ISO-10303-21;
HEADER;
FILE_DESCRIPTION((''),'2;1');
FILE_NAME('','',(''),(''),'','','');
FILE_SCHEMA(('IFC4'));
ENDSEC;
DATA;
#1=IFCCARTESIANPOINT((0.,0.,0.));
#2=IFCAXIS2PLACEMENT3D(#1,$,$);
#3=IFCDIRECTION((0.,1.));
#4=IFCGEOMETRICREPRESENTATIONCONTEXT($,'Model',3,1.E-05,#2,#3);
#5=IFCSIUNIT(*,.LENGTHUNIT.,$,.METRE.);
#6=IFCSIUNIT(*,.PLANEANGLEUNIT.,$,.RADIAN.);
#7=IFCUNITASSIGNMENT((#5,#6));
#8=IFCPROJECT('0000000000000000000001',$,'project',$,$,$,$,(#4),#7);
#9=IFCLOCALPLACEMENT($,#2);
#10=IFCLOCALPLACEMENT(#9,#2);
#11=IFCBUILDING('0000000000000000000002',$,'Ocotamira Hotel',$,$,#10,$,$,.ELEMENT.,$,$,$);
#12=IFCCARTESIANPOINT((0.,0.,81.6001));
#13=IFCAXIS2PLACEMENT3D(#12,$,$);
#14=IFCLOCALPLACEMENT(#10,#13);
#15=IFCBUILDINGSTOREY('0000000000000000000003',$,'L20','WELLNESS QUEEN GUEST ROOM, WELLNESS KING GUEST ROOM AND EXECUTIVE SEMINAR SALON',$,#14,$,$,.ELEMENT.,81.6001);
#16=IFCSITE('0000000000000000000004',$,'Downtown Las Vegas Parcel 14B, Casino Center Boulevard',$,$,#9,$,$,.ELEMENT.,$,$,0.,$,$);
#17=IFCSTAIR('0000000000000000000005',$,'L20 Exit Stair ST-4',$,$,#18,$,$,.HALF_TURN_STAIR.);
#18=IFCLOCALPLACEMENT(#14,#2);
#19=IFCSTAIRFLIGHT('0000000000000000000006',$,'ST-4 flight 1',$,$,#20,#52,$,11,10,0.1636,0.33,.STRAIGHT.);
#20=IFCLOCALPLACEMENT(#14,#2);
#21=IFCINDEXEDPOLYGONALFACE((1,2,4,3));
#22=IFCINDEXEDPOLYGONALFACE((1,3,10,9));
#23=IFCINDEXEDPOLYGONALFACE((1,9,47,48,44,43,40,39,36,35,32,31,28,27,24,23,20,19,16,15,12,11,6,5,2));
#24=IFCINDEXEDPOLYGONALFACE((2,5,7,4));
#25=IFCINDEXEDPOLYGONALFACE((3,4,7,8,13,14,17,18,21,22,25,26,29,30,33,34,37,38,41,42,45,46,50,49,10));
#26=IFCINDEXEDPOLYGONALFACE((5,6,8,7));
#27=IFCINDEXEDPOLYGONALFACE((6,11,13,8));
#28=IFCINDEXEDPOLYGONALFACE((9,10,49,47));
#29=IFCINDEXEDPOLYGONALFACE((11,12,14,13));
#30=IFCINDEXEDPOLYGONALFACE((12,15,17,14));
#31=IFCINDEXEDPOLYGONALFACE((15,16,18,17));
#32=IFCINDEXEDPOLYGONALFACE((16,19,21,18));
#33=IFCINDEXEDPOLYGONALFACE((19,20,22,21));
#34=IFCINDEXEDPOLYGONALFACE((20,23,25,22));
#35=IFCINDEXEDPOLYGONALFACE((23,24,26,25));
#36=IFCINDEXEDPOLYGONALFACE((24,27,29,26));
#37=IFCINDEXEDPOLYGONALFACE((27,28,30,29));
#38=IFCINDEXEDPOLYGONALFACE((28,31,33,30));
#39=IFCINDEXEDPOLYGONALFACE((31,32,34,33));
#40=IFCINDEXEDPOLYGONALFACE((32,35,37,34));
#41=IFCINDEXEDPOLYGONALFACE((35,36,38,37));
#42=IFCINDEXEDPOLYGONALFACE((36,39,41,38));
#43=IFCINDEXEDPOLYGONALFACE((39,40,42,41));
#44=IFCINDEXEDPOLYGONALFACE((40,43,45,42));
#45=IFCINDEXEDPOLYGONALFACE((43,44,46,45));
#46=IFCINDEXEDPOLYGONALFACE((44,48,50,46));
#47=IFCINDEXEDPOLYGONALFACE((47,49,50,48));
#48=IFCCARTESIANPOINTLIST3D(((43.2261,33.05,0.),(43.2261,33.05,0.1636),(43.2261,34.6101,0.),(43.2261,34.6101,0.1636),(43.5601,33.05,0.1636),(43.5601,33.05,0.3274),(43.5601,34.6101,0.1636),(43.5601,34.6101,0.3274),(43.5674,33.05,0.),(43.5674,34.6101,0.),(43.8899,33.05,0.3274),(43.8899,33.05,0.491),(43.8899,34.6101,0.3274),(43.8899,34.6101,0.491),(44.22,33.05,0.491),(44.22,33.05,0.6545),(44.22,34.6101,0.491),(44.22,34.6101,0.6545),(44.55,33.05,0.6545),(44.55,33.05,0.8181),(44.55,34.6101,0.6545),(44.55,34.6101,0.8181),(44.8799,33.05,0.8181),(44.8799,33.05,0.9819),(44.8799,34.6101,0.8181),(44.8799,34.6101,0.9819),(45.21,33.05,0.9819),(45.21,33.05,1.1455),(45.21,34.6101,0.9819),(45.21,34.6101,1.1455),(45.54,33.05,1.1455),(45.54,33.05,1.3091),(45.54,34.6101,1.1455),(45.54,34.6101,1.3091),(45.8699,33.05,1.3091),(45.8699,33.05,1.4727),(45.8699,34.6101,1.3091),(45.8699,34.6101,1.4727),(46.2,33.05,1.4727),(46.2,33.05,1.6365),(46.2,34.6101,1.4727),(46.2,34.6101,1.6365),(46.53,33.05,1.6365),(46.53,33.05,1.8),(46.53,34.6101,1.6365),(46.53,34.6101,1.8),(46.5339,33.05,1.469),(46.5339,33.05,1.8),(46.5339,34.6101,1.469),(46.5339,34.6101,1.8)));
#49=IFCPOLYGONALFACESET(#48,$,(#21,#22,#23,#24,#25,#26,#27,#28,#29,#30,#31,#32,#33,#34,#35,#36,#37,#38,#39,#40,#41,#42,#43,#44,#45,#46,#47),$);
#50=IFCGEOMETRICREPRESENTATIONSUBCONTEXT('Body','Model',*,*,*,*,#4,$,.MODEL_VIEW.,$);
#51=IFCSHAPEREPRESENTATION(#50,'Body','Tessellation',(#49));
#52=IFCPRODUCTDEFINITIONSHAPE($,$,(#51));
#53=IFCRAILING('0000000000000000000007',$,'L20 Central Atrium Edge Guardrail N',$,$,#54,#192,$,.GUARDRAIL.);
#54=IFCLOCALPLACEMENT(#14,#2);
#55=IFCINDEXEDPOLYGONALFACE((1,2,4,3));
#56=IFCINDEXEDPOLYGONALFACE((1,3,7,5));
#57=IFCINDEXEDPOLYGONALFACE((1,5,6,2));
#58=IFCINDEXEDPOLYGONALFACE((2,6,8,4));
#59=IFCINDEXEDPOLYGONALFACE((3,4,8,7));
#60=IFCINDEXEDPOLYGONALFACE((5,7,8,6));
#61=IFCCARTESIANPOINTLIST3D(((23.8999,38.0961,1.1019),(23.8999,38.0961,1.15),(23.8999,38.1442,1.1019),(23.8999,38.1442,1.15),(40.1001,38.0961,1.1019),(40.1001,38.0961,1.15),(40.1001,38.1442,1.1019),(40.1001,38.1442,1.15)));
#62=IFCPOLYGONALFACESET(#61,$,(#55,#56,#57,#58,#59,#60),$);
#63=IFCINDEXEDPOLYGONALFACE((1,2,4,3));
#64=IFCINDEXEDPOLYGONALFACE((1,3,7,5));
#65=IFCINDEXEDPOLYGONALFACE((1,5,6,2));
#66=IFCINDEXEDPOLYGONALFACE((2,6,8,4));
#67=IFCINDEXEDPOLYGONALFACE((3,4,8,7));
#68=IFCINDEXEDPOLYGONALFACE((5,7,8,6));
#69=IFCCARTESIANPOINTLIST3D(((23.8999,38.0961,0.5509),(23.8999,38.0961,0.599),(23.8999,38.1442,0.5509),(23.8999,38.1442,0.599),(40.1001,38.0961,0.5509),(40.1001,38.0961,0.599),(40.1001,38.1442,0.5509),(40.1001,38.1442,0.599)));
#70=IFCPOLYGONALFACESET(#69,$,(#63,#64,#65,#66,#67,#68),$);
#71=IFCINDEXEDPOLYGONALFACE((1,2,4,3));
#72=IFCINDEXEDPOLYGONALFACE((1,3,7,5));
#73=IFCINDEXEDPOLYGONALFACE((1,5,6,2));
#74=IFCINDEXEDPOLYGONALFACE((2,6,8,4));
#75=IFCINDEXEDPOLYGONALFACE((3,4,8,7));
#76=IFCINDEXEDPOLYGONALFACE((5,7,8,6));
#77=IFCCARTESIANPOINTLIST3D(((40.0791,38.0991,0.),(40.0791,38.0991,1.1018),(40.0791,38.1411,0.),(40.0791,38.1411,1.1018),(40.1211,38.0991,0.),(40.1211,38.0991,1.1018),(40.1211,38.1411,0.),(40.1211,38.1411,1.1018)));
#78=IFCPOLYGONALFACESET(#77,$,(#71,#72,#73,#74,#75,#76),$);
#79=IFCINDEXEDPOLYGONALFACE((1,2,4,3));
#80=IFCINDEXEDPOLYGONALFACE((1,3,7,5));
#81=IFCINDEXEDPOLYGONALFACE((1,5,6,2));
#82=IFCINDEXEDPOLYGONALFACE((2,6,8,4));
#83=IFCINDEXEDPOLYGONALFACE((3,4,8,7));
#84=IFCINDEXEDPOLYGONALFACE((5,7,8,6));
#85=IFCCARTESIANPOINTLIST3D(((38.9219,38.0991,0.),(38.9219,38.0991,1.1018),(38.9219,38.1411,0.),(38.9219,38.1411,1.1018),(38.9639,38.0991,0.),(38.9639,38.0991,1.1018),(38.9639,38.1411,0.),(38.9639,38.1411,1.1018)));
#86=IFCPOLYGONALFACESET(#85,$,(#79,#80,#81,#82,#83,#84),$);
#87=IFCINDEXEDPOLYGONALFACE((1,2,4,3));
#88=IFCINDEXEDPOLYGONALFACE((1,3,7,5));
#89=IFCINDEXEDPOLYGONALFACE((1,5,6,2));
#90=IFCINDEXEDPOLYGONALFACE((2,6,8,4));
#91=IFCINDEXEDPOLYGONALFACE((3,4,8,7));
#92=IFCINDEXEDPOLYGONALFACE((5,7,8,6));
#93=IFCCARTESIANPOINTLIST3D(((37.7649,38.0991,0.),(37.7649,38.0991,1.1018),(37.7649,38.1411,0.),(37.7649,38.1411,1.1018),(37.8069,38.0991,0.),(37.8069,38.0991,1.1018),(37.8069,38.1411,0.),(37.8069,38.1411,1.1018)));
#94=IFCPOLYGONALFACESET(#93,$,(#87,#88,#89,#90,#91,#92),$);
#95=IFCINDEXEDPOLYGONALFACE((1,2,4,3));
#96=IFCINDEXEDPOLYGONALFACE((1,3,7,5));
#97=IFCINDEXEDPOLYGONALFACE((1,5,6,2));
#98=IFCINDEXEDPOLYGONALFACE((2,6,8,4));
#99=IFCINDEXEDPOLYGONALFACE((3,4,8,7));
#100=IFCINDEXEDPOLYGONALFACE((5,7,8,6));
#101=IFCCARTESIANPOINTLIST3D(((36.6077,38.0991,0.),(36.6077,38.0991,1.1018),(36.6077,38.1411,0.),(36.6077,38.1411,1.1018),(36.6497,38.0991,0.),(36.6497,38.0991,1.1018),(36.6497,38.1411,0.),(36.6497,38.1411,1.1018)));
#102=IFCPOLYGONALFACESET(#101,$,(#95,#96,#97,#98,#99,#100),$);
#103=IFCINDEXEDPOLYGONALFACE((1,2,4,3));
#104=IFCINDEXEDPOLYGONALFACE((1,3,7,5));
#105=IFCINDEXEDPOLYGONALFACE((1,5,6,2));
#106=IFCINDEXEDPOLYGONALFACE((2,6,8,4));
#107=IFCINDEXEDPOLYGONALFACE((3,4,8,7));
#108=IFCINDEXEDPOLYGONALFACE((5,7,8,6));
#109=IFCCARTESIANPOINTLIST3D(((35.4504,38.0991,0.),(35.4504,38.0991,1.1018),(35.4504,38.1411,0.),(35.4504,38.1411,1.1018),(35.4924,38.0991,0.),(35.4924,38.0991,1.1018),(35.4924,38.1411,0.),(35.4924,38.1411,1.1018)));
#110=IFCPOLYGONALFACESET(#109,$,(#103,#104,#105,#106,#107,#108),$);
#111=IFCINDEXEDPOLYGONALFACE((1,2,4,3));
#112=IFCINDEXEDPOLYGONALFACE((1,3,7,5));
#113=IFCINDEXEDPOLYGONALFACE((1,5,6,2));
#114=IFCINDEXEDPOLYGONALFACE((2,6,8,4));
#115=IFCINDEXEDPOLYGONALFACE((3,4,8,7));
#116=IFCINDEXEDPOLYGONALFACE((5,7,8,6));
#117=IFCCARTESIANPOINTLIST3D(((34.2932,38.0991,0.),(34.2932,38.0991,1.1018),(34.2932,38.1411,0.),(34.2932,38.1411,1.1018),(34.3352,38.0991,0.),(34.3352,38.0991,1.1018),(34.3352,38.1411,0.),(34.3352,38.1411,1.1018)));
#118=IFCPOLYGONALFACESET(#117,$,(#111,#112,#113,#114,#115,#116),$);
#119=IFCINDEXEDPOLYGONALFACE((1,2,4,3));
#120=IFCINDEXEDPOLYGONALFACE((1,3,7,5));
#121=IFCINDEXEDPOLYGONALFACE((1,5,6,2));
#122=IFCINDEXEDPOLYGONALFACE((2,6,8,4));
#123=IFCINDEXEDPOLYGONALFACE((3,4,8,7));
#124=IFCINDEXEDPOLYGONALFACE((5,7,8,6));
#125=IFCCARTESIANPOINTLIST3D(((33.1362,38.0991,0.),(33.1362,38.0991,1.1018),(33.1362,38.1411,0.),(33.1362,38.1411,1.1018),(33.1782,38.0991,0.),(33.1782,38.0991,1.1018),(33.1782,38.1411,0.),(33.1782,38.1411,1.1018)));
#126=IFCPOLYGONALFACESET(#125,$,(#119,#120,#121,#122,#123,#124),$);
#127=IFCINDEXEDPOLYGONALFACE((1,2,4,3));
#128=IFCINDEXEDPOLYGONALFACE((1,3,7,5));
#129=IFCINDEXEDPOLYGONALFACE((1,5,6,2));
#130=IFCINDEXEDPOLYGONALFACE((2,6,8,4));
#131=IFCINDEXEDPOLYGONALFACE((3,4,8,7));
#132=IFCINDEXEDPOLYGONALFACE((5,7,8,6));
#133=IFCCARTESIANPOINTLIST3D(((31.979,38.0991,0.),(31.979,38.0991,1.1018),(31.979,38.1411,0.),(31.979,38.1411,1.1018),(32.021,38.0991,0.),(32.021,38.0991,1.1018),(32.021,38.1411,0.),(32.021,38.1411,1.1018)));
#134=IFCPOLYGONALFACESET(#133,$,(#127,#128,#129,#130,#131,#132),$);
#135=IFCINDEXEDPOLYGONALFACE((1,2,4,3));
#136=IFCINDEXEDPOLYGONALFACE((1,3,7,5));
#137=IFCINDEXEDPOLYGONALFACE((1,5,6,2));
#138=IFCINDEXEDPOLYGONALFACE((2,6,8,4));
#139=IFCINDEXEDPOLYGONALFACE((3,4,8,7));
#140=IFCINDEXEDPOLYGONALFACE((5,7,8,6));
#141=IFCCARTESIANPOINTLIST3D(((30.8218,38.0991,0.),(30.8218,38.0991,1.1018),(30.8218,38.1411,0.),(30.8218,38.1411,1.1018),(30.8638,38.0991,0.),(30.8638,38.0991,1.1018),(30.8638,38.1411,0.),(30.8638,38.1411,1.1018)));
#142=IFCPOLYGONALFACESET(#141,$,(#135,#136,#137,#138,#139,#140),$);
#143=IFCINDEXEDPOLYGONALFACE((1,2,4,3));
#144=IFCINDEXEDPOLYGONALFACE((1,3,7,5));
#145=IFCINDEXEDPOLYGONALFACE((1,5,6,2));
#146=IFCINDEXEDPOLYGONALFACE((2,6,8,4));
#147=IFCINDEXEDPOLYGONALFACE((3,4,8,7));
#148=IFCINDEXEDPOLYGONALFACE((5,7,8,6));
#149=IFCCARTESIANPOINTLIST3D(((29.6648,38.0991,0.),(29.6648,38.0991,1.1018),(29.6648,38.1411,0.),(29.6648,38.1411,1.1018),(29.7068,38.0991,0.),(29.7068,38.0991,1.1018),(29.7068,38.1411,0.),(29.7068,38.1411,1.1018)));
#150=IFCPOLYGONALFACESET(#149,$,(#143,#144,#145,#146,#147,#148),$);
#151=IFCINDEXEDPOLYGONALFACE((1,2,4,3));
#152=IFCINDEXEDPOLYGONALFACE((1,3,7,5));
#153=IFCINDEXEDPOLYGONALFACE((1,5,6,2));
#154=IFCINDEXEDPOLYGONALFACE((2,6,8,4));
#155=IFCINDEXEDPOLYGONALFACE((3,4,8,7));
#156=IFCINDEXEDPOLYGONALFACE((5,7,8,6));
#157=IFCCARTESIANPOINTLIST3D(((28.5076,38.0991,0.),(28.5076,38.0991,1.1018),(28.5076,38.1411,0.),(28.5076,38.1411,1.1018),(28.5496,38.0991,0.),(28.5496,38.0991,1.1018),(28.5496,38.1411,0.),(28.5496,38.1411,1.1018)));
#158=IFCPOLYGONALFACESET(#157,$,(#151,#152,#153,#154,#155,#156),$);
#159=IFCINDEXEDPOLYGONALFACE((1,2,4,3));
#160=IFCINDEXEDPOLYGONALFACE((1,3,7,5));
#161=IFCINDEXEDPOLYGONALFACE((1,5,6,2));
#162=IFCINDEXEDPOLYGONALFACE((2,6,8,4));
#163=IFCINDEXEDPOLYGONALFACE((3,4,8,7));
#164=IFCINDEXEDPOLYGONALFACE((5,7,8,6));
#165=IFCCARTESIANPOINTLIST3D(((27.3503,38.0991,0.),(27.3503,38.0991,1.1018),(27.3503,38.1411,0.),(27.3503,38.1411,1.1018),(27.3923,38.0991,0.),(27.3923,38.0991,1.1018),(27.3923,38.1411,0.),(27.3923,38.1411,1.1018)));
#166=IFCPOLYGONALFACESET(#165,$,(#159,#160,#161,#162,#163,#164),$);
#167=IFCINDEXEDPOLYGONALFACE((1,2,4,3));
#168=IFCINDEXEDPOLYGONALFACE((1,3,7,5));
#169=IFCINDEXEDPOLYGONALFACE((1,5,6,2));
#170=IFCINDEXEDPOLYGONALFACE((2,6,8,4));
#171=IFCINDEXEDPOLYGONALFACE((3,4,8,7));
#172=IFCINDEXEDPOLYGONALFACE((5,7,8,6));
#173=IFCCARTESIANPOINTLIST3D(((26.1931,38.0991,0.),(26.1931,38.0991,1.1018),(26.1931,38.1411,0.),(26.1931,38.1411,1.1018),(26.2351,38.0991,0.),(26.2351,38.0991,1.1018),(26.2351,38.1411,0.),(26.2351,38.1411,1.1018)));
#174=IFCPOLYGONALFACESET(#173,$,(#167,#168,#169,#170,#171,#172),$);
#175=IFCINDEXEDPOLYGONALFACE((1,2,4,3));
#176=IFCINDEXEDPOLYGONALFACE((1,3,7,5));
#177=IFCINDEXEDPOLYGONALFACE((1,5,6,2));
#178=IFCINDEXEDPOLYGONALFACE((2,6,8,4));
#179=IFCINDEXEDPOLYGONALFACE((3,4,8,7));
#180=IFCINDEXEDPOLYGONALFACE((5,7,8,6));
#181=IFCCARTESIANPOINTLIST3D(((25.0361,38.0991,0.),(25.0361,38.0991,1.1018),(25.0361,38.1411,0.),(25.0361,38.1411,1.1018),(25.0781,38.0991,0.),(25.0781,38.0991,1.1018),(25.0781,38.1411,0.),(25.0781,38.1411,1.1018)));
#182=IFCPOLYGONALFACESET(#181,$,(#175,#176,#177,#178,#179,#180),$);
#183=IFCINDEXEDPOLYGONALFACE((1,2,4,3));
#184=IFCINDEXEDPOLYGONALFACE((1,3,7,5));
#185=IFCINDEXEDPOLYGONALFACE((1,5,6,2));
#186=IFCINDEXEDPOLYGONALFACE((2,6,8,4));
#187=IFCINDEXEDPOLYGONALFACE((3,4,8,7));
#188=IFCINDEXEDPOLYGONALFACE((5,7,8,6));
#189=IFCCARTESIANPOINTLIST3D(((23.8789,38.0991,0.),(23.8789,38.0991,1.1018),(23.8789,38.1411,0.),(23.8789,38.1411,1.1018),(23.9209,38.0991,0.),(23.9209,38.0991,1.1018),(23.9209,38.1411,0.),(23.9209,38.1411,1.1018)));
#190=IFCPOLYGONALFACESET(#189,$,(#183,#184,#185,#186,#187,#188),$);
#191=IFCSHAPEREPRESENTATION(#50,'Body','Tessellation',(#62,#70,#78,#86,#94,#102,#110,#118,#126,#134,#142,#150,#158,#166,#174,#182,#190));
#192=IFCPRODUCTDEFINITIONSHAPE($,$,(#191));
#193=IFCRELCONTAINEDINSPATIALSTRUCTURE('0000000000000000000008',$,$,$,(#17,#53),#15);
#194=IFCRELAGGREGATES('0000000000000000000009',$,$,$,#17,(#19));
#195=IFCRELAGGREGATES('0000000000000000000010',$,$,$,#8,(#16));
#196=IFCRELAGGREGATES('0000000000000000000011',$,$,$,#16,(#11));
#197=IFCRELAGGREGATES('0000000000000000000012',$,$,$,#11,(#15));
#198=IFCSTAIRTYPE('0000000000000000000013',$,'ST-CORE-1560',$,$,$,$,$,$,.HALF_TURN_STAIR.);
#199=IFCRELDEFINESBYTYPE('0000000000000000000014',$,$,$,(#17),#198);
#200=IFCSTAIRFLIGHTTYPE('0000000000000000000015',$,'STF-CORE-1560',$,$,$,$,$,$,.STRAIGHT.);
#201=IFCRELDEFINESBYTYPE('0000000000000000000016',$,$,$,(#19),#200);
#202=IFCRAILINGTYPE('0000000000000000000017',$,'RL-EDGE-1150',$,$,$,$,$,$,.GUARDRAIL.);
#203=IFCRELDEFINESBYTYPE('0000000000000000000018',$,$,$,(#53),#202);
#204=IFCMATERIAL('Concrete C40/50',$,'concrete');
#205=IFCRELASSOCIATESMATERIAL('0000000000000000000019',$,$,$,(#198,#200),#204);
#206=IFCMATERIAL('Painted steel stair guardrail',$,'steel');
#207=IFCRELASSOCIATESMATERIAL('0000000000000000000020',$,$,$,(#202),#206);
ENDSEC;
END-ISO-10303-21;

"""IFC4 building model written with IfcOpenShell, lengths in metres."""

from ifc_helpers import new_model, si_unit, direction, frame, origin, origin_2d, place, context, subcontext, project, spatial, polyline, rectangle, outline, extrude, source, transform, mapped, material, type_object, element, aggregate, save


model = new_model("IFC4")

# Units and contexts
model_context = context("Model", 3, precision=1e-05, world=origin(), true_north=direction((0.0, 1.0)))
body_context = subcontext(model_context, "Body", "Model", "MODEL_VIEW")
ifc_project = project(units=[si_unit("LENGTHUNIT", "METRE"), si_unit("PLANEANGLEUNIT", "RADIAN")], contexts=[model_context])

# Site, building, storey
site_placement = place(None, origin())
site = spatial("IfcSite", under=ifc_project, at=site_placement, Name="Downtown Las Vegas Parcel 14B, Casino Center Boulevard", CompositionType="ELEMENT", RefElevation=0.0)
building_placement = place(site_placement, origin())
building = spatial("IfcBuilding", under=site, at=building_placement, Name="Ocotamira Hotel", CompositionType="ELEMENT")
storey_placement = place(building_placement, frame((0.0, 0.0, 81.6001)))
storey = spatial("IfcBuildingStorey", under=building, at=storey_placement, Name="L20", Description="WELLNESS QUEEN GUEST ROOM, WELLNESS KING GUEST ROOM AND EXECUTIVE SEMINAR SALON", CompositionType="ELEMENT", Elevation=81.6001)

# Stair, stair flight
ifc_material_1 = material(Name="Concrete C40/50", Category="concrete")
stair_type = type_object("IfcStairType", Name="ST-CORE-1560", PredefinedType="HALF_TURN_STAIR", material=ifc_material_1)
stair_placement = place(storey_placement, origin())
stair = element("IfcStair", 1, at=stair_placement, inside=storey, type_object=stair_type, Name="L20 Exit Stair ST-4", PredefinedType="HALF_TURN_STAIR")
stair_flight_type = type_object("IfcStairFlightType", Name="STF-CORE-1560", PredefinedType="STRAIGHT", material=ifc_material_1)
shared_shape_1 = source(origin(), body_context, "Body", "SweptSolid", [
    extrude(outline(polyline([(-0.0039, 0.0), (-0.0039, 0.1636), (0.3301, 0.1636), (0.3301, 0.3274), (0.6599, 0.3274), (0.6599, 0.491), (0.99, 0.491), (0.99, 0.6545), (1.3201, 0.6545), (1.3201, 0.8181), (1.6499, 0.8181), (1.6499, 0.9819), (1.98, 0.9819), (1.98, 1.1455), (2.3101, 1.1455), (2.3101, 1.3091), (2.6399, 1.3091), (2.6399, 1.4727), (2.97, 1.4727), (2.97, 1.6365), (3.3, 1.6365), (3.3, 1.8), (3.304, 1.8), (3.304, 1.469), (0.3374, 0.0), (-0.0039, 0.0)])), frame((0.0, 0.78, 0.0), z_axis=(0.0, -1.0, 0.0), x_axis=(1.0, 0.0, 0.0)), (0.0, 0.0, 1.0), 1.5601),
])
stair_flight_placement = place(storey_placement, frame((43.23, 33.8301, 0.0), z_axis=(0.0, 0.0, 1.0), x_axis=(1.0, 0.0, 0.0)))
stair_flight = element("IfcStairFlight", 2, at=stair_flight_placement, type_object=stair_flight_type, Name="ST-4 flight 1", NumberOfRisers=11, NumberOfTreads=10, PredefinedType="STRAIGHT", RiserHeight=0.1636, TreadLength=0.33, context=body_context, shape_type="MappedRepresentation", body=[
    mapped(shared_shape_1, transform((0.0, 0.0, 0.0), scale=1.0)),
])
aggregate(stair, [stair_flight])

# Railing
ifc_material_2 = material(Name="Painted steel stair guardrail", Category="steel")
railing_type_1 = type_object("IfcRailingType", Name="RL-EDGE-1150", PredefinedType="GUARDRAIL", material=ifc_material_2)
railing_1_placement = place(storey_placement, frame((40.1001, 38.1201, 0.0)))
element("IfcRailing", 3, at=railing_1_placement, inside=storey, type_object=railing_type_1, Name="L20 Central Atrium Edge Guardrail N", PredefinedType="GUARDRAIL", context=body_context, shape_type="SweptSolid", body=[
    extrude(rectangle(XDim=0.0481, YDim=0.0481, at=origin_2d()), frame((0.0, 0.0, 1.126), z_axis=(-1.0, 0.0, 0.0), x_axis=(0.0, -1.0, 0.0)), (0.0, 0.0, 1.0), 16.2002),
    extrude(rectangle(XDim=0.0481, YDim=0.0481, at=origin_2d()), frame((0.0, 0.0, 0.575), z_axis=(-1.0, 0.0, 0.0), x_axis=(0.0, -1.0, 0.0)), (0.0, 0.0, 1.0), 16.2002),
    extrude(rectangle(XDim=0.042, YDim=0.042, at=origin_2d()), origin(), (0.0, 0.0, 1.0), 1.1018),
    extrude(rectangle(XDim=0.042, YDim=0.042, at=origin_2d()), frame((-1.1572, 0.0, 0.0)), (0.0, 0.0, 1.0), 1.1018),
    extrude(rectangle(XDim=0.042, YDim=0.042, at=origin_2d()), frame((-2.3142, 0.0, 0.0)), (0.0, 0.0, 1.0), 1.1018),
    extrude(rectangle(XDim=0.042, YDim=0.042, at=origin_2d()), frame((-3.4714, 0.0, 0.0)), (0.0, 0.0, 1.0), 1.1018),
    extrude(rectangle(XDim=0.042, YDim=0.042, at=origin_2d()), frame((-4.6287, 0.0, 0.0)), (0.0, 0.0, 1.0), 1.1018),
    extrude(rectangle(XDim=0.042, YDim=0.042, at=origin_2d()), frame((-5.7859, 0.0, 0.0)), (0.0, 0.0, 1.0), 1.1018),
    extrude(rectangle(XDim=0.042, YDim=0.042, at=origin_2d()), frame((-6.9429, 0.0, 0.0)), (0.0, 0.0, 1.0), 1.1018),
    extrude(rectangle(XDim=0.042, YDim=0.042, at=origin_2d()), frame((-8.1001, 0.0, 0.0)), (0.0, 0.0, 1.0), 1.1018),
    extrude(rectangle(XDim=0.042, YDim=0.042, at=origin_2d()), frame((-9.2573, 0.0, 0.0)), (0.0, 0.0, 1.0), 1.1018),
    extrude(rectangle(XDim=0.042, YDim=0.042, at=origin_2d()), frame((-10.4143, 0.0, 0.0)), (0.0, 0.0, 1.0), 1.1018),
    extrude(rectangle(XDim=0.042, YDim=0.042, at=origin_2d()), frame((-11.5715, 0.0, 0.0)), (0.0, 0.0, 1.0), 1.1018),
    extrude(rectangle(XDim=0.042, YDim=0.042, at=origin_2d()), frame((-12.7288, 0.0, 0.0)), (0.0, 0.0, 1.0), 1.1018),
    extrude(rectangle(XDim=0.042, YDim=0.042, at=origin_2d()), frame((-13.886, 0.0, 0.0)), (0.0, 0.0, 1.0), 1.1018),
    extrude(rectangle(XDim=0.042, YDim=0.042, at=origin_2d()), frame((-15.043, 0.0, 0.0)), (0.0, 0.0, 1.0), 1.1018),
    extrude(rectangle(XDim=0.042, YDim=0.042, at=origin_2d()), frame((-16.2002, 0.0, 0.0)), (0.0, 0.0, 1.0), 1.1018),
])

save(model, "model.ifc")
